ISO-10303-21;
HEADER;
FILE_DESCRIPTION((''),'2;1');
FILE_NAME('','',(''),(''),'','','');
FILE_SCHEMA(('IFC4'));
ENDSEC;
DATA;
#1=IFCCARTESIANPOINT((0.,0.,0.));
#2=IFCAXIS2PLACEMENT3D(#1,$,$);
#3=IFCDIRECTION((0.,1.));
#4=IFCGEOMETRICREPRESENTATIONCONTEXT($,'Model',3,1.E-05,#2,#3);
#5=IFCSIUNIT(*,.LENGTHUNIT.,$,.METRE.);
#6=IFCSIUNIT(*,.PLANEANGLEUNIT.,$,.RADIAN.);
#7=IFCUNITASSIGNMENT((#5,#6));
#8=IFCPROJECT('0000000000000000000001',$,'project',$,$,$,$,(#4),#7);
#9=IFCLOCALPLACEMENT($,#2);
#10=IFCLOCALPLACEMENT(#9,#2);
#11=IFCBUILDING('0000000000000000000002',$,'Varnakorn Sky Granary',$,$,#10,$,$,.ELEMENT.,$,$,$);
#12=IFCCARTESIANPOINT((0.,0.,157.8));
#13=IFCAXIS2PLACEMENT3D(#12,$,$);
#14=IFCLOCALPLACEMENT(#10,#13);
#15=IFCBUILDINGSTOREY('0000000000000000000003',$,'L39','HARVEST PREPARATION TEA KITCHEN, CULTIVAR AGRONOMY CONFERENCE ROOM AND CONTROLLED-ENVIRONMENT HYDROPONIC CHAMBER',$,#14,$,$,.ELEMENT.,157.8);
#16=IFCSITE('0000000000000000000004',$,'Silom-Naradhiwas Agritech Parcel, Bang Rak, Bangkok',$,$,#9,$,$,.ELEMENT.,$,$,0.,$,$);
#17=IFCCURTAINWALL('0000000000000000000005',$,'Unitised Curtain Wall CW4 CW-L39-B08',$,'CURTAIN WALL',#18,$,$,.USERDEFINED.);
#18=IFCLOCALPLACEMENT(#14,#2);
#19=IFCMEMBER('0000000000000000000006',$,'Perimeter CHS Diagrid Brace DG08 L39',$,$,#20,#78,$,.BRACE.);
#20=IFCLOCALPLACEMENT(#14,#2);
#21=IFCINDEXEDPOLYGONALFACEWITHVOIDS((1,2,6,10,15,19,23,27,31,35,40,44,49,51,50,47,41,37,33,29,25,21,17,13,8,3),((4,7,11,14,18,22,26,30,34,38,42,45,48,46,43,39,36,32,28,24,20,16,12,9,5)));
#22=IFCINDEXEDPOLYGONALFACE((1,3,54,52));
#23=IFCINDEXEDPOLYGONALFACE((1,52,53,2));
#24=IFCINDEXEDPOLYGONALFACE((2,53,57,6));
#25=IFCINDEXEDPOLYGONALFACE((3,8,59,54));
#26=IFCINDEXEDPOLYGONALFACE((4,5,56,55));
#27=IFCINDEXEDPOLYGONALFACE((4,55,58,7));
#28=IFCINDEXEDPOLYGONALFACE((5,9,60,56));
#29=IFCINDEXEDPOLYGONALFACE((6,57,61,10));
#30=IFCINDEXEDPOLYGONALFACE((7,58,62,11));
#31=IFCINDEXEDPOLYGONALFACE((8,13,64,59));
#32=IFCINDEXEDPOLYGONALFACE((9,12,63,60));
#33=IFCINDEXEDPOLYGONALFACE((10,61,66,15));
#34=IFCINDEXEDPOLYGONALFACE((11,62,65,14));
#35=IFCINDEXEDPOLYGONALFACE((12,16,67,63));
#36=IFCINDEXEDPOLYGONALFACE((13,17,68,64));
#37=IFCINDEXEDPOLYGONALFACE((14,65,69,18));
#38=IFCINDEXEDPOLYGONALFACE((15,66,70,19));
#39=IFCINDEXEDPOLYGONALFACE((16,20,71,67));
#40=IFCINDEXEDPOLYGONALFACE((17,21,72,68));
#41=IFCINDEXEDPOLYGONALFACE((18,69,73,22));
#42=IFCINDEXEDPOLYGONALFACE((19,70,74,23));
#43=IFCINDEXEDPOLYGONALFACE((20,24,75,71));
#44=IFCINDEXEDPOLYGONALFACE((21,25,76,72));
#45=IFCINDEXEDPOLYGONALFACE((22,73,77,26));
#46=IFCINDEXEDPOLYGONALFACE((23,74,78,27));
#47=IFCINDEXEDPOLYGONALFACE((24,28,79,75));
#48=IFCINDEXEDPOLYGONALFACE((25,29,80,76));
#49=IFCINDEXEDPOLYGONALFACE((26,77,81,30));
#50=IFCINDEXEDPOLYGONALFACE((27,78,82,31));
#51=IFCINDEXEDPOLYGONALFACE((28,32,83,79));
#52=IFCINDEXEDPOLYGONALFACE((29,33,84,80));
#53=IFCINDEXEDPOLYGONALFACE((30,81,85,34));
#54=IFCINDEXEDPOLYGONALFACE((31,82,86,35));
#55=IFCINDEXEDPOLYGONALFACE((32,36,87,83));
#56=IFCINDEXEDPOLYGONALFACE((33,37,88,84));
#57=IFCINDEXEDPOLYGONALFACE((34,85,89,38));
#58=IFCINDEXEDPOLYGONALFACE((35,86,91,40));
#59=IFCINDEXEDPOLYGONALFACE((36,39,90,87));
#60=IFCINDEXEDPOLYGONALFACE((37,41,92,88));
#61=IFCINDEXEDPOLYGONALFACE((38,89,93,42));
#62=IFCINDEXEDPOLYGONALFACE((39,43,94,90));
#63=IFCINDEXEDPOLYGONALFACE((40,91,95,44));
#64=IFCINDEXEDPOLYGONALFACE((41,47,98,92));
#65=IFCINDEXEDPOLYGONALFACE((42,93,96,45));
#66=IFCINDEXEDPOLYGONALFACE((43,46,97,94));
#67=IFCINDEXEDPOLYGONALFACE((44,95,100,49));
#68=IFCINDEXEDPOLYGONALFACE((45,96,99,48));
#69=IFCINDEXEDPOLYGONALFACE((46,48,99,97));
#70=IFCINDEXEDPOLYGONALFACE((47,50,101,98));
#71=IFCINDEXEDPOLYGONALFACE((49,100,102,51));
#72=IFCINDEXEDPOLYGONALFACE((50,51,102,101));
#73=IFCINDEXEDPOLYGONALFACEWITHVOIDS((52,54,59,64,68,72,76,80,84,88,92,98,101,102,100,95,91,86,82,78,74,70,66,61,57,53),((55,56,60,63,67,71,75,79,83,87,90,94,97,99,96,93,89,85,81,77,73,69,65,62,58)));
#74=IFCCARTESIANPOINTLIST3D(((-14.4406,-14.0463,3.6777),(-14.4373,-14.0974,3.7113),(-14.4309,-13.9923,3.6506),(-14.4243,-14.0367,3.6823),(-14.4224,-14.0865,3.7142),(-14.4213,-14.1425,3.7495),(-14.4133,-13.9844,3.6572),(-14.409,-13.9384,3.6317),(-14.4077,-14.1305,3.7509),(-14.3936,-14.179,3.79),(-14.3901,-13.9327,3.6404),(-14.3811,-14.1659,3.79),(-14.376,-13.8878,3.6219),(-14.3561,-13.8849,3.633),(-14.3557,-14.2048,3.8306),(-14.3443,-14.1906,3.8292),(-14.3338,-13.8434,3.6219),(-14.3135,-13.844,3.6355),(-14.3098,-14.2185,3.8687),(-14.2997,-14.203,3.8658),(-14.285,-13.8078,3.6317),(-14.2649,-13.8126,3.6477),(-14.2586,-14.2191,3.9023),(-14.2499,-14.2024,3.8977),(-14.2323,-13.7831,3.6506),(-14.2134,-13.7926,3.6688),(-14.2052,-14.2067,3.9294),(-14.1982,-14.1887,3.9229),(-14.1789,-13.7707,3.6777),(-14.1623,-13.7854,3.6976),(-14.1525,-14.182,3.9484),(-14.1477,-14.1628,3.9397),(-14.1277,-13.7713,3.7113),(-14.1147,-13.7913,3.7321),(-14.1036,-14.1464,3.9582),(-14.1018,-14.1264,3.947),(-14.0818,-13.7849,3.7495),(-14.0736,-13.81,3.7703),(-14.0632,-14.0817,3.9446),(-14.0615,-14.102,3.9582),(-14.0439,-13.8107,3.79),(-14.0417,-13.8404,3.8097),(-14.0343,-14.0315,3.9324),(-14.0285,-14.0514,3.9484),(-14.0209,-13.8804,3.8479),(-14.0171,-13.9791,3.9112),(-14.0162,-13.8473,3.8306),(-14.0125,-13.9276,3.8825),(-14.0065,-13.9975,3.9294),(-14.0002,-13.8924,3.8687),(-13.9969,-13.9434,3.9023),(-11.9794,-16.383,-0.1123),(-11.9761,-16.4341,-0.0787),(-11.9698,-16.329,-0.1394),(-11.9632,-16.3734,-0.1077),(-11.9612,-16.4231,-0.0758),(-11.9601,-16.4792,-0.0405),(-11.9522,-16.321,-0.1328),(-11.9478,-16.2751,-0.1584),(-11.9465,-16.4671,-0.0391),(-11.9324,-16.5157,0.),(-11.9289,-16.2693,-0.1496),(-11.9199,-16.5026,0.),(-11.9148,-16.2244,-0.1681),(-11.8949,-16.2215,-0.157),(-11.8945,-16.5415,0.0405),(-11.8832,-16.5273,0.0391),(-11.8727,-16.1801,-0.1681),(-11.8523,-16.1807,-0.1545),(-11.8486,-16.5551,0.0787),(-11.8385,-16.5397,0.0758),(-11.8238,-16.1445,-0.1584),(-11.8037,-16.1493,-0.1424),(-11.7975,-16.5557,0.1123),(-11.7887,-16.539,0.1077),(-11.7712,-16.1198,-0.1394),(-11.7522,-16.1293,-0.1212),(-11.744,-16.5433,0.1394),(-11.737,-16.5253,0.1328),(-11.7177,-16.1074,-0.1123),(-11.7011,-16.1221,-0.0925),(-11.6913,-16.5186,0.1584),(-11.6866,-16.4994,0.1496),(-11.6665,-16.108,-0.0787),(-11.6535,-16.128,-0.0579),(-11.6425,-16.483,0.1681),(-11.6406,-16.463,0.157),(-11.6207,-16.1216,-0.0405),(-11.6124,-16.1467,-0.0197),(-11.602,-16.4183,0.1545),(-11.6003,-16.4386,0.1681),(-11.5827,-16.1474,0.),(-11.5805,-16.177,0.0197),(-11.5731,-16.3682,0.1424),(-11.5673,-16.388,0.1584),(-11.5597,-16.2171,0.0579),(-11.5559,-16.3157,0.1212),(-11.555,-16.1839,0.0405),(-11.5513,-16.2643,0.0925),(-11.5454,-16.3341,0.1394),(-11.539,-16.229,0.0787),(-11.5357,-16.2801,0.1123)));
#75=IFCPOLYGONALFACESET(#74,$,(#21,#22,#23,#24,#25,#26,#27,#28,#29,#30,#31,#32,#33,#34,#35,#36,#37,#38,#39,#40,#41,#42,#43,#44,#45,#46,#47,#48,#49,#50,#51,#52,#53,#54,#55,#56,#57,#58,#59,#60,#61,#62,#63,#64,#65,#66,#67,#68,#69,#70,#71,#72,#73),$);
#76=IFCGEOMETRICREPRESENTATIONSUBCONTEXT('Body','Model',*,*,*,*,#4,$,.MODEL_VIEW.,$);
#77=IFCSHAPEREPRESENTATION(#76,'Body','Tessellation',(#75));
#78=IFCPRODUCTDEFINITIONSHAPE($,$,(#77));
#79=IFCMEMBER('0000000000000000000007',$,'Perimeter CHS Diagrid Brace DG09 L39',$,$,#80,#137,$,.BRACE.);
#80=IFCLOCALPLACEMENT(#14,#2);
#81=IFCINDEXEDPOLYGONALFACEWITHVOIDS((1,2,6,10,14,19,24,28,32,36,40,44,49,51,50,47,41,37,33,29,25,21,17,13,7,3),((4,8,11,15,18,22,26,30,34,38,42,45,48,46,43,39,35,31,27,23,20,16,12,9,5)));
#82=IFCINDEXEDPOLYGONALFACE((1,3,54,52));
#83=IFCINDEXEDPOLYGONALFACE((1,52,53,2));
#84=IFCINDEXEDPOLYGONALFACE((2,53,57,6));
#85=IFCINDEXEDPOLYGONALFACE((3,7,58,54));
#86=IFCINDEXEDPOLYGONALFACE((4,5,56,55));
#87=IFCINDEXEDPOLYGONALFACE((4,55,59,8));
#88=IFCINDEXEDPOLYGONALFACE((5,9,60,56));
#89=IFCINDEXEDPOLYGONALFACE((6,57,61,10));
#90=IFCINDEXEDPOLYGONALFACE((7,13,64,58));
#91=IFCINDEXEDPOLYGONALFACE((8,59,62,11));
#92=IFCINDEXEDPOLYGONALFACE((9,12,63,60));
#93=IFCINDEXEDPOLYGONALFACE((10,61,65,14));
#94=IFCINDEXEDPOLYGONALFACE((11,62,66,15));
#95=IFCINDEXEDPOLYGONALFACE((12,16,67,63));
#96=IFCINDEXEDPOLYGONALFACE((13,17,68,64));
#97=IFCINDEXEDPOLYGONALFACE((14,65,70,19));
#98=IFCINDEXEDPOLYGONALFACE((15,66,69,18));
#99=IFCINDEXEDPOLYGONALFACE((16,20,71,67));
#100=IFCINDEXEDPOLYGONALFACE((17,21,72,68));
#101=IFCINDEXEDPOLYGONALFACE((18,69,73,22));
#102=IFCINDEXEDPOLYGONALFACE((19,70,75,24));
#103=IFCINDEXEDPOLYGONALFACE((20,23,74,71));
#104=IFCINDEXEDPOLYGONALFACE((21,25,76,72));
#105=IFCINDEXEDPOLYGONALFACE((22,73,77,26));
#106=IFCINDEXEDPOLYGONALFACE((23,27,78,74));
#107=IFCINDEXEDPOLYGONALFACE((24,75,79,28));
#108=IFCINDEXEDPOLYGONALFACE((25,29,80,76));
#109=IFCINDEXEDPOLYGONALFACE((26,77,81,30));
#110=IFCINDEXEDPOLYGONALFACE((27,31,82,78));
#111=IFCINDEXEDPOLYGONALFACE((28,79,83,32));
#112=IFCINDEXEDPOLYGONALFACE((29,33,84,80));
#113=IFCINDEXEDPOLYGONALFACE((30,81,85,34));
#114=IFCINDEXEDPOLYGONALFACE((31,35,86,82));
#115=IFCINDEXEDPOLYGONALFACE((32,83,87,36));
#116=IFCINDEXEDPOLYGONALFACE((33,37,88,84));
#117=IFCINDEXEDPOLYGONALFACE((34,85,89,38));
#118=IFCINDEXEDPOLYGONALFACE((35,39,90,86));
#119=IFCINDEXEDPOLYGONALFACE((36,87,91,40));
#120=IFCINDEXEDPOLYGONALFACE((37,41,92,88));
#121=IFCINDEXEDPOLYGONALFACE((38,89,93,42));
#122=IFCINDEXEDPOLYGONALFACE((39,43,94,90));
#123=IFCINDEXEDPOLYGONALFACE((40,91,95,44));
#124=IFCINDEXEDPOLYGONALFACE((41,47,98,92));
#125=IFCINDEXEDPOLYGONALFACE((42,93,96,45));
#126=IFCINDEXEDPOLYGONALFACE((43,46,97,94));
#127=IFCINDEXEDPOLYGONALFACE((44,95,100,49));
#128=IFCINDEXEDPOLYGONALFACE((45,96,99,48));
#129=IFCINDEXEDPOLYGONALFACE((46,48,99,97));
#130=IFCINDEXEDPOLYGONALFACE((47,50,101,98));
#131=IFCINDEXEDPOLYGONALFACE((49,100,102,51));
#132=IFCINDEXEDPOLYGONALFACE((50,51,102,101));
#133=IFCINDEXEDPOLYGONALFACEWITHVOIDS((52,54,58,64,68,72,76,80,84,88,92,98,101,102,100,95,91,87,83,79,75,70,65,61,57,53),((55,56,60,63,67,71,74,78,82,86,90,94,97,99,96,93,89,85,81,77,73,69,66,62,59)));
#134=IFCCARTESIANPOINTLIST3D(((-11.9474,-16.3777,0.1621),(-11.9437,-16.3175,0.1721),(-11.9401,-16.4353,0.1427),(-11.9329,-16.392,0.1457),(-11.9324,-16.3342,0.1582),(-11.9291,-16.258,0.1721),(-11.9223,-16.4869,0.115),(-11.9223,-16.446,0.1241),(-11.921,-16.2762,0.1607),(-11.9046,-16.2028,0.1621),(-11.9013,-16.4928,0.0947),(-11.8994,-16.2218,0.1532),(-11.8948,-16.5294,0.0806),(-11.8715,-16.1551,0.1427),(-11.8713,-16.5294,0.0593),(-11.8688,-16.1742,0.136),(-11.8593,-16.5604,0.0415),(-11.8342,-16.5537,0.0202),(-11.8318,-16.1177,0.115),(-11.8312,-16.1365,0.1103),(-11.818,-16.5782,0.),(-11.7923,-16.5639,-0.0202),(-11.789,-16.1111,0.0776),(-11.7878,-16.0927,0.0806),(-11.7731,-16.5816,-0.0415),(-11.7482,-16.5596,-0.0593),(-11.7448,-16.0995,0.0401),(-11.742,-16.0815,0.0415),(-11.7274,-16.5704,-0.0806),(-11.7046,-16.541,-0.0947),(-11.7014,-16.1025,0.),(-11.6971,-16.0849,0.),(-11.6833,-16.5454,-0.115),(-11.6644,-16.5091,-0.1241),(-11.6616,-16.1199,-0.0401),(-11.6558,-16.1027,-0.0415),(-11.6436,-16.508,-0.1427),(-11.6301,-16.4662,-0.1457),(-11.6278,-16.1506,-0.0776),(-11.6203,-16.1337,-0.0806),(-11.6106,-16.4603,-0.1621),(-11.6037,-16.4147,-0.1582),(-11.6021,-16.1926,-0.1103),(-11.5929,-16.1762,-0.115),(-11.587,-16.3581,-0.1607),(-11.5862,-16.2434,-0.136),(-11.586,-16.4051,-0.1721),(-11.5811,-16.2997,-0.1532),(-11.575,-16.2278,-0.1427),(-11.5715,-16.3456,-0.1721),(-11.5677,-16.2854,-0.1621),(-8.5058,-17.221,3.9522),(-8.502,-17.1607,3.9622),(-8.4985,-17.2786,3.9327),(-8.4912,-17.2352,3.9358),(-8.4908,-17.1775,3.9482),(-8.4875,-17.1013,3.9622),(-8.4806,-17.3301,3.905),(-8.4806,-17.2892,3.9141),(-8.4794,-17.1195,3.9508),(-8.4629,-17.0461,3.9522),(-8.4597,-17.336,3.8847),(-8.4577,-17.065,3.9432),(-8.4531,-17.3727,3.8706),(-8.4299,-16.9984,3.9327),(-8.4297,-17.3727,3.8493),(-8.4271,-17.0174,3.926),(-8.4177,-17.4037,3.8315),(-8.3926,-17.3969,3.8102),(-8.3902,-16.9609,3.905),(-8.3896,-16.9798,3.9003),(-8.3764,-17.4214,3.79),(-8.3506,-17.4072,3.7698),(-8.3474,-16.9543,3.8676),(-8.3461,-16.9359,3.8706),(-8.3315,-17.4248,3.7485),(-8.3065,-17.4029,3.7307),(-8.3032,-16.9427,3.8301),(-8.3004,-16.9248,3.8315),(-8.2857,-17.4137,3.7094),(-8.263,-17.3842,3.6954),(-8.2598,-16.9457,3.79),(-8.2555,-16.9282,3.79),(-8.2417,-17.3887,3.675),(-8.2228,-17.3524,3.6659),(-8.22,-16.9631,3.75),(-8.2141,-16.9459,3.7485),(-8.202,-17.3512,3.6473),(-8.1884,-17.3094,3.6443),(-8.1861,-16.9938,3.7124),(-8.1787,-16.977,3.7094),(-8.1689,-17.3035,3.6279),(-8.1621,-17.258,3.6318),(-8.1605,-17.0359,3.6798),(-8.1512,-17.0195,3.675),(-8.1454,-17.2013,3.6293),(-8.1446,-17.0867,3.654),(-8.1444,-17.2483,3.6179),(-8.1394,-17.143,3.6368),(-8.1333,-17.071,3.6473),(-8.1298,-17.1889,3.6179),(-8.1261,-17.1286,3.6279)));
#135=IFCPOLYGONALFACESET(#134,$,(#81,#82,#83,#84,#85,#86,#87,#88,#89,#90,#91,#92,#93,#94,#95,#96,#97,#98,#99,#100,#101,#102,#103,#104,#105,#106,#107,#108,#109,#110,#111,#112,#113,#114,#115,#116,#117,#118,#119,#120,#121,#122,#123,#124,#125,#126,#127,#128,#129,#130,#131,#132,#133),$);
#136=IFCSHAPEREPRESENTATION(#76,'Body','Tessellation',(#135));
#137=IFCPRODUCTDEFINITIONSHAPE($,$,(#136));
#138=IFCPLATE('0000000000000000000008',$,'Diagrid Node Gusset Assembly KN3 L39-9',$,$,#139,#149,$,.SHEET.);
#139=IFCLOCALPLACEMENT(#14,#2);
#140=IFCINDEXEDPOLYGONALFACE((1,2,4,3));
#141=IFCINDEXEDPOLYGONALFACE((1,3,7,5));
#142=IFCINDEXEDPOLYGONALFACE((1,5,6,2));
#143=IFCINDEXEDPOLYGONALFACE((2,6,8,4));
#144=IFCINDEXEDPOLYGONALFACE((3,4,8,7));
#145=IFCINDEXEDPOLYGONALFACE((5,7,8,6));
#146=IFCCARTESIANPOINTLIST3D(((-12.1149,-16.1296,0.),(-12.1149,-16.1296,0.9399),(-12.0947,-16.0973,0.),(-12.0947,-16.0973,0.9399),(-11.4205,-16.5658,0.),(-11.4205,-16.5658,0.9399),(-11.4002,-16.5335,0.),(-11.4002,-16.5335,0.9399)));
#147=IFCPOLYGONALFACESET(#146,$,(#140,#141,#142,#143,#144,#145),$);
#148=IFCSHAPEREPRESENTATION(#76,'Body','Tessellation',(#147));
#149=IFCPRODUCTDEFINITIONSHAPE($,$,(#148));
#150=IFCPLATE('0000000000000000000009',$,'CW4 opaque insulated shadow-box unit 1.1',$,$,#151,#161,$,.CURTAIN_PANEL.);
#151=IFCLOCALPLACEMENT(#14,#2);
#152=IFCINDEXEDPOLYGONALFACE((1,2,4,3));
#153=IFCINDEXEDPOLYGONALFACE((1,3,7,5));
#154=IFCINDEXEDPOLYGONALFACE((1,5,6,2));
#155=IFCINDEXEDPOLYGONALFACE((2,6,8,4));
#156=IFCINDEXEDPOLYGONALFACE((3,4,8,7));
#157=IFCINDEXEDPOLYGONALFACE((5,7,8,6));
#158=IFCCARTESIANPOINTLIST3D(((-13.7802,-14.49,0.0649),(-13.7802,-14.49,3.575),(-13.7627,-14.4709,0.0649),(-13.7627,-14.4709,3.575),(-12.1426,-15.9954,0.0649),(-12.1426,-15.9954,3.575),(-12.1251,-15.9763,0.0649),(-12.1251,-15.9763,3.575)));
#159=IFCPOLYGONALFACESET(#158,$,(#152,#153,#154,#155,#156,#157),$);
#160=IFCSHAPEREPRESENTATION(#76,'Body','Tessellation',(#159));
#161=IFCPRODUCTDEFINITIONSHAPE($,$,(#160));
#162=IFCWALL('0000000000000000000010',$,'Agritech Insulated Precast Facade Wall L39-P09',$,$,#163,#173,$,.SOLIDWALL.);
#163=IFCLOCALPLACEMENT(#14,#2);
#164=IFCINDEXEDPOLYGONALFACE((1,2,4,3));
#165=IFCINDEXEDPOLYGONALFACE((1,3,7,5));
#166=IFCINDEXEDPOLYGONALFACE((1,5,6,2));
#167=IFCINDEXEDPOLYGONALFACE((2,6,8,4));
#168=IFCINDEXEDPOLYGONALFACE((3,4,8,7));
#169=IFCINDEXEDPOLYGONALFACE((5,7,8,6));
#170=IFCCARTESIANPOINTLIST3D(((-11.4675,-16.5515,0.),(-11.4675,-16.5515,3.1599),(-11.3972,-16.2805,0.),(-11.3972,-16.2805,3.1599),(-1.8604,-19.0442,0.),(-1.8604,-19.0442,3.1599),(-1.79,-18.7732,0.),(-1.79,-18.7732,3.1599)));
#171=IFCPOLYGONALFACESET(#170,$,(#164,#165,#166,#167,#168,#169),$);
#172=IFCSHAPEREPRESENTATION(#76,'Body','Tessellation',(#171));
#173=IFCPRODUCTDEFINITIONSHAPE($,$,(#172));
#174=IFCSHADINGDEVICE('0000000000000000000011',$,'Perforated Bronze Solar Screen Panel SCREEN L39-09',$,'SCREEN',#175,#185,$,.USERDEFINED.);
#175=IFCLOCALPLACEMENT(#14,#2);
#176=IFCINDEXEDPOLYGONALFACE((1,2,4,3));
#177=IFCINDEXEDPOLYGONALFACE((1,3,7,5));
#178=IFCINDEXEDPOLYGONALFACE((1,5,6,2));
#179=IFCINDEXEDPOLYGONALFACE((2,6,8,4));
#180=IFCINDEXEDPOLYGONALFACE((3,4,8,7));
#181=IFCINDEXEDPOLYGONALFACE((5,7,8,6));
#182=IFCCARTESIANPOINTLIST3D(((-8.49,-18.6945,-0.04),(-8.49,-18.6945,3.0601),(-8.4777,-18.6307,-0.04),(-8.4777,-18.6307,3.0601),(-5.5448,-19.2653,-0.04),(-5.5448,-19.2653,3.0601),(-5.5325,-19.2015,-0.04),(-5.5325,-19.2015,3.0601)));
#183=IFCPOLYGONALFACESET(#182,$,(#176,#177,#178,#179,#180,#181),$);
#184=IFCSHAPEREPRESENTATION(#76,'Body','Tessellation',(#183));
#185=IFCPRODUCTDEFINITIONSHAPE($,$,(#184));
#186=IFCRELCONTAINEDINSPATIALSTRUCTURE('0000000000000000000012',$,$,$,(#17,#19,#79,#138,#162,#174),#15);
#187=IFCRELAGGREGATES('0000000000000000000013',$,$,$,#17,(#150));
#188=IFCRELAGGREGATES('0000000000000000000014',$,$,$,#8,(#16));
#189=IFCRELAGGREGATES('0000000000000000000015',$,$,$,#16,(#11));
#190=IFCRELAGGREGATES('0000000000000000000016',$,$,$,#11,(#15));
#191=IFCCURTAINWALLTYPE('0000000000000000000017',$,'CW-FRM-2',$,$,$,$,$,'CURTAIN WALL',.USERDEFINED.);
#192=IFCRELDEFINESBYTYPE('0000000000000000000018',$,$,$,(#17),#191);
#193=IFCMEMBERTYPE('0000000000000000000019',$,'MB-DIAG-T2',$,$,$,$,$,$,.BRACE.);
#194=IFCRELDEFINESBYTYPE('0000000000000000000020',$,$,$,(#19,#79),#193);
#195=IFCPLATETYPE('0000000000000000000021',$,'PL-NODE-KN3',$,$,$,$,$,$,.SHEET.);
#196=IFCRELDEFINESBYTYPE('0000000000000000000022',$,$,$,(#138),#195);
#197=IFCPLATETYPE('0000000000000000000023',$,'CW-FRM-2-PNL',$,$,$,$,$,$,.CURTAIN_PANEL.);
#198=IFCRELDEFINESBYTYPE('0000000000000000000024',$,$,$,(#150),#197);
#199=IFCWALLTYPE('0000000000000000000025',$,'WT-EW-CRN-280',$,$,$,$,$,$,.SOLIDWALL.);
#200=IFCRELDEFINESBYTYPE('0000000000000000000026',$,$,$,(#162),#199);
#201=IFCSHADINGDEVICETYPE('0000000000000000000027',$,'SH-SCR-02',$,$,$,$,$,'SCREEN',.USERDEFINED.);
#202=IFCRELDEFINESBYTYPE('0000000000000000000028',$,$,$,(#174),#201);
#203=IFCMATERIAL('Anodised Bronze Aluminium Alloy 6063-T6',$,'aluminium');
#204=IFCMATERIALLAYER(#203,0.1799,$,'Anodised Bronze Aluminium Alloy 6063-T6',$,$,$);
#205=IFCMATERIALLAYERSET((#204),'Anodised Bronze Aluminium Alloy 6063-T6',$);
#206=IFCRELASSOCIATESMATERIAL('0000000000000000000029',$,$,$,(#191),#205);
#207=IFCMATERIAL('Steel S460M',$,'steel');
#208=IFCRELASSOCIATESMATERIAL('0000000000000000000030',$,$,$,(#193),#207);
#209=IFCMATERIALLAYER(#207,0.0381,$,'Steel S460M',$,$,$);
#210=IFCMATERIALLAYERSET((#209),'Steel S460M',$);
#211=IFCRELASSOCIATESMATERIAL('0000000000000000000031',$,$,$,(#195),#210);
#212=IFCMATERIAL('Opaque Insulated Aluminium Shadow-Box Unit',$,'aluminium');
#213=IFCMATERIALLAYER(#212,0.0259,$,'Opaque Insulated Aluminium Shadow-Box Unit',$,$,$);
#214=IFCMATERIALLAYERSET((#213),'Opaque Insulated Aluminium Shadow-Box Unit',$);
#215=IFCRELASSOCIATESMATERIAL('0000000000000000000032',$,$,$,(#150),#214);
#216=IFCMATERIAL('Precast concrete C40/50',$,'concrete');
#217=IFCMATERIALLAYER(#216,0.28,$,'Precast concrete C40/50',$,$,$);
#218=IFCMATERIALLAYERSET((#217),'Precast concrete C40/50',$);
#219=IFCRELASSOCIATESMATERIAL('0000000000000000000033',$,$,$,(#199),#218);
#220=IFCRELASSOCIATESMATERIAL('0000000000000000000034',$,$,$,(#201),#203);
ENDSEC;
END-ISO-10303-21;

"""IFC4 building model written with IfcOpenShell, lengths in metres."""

from ifc_helpers import new_model, si_unit, direction, frame, frame_2d, origin, origin_2d, place, context, subcontext, project, spatial, rectangle, hollow_circle, extrude, source, transform, mapped, material, layer, layer_set, material_profile, profile_set, type_object, type_shapes, element, aggregate, save


model = new_model("IFC4")

# Units and contexts
model_context = context("Model", 3, precision=1e-05, world=origin(), true_north=direction((0.0, 1.0)))
body_context = subcontext(model_context, "Body", "Model", "MODEL_VIEW")
ifc_project = project(units=[si_unit("LENGTHUNIT", "METRE"), si_unit("PLANEANGLEUNIT", "RADIAN")], contexts=[model_context])

# Site, building, storey
site_placement = place(None, origin())
site = spatial("IfcSite", under=ifc_project, at=site_placement, Name="Silom-Naradhiwas Agritech Parcel, Bang Rak, Bangkok", CompositionType="ELEMENT", RefElevation=0.0)
building_placement = place(site_placement, origin())
building = spatial("IfcBuilding", under=site, at=building_placement, Name="Varnakorn Sky Granary", CompositionType="ELEMENT")
storey_placement = place(building_placement, frame((0.0, 0.0, 157.8)))
storey = spatial("IfcBuildingStorey", under=building, at=storey_placement, Name="L39", Description="HARVEST PREPARATION TEA KITCHEN, CULTIVAR AGRONOMY CONFERENCE ROOM AND CONTROLLED-ENVIRONMENT HYDROPONIC CHAMBER", CompositionType="ELEMENT", Elevation=157.8)

# Shared definitions
ifc_material_1 = material(Name="Steel S460M", Category="steel")

# Curtain wall
ifc_material_2 = material(Name="Anodised Bronze Aluminium Alloy 6063-T6", Category="aluminium")
ifc_layer_1 = layer(ifc_material_2, 0.1799, Name="Anodised Bronze Aluminium Alloy 6063-T6")
ifc_layer_set_1 = layer_set([ifc_layer_1], Name="Anodised Bronze Aluminium Alloy 6063-T6")
curtain_wall_type = type_object("IfcCurtainWallType", Name="CW-FRM-2", ElementType="CURTAIN WALL", PredefinedType="USERDEFINED", material=ifc_layer_set_1)
curtain_wall_1_placement = place(storey_placement, origin())
curtain_wall_1 = element("IfcCurtainWall", 1, at=curtain_wall_1_placement, inside=storey, type_object=curtain_wall_type, Name="Unitised Curtain Wall CW4 CW-L39-B08", ObjectType="CURTAIN WALL", PredefinedType="USERDEFINED")

# Members
ifc_material_profile_1 = material_profile(ifc_material_1, hollow_circle(Radius=0.2539, WallThickness=0.0181, at=origin_2d()), Name="CHS 508x18")
ifc_profile_set_1 = profile_set([ifc_material_profile_1], Name="Steel S460M")
member_type_1 = type_object("IfcMemberType", Name="MB-DIAG-T2", PredefinedType="BRACE", material=ifc_profile_set_1)
member_1_placement = place(storey_placement, frame((-11.7576, -16.3315, 0.0), z_axis=(-0.483778, 0.459304, 0.744983), x_axis=(-0.688524, -0.725213, 0.0)))
element("IfcMember", 2, at=member_1_placement, inside=storey, type_object=member_type_1, Name="Perimeter CHS Diagrid Brace DG08 L39", PredefinedType="BRACE", context=body_context, shape_type="SweptSolid", body=[
    extrude(hollow_circle(Radius=0.2539, WallThickness=0.0181, at=origin_2d()), origin(), (0.0, 0.0, 1.0), 5.0874),
])
member_2_placement = place(storey_placement, frame((-11.7576, -16.3315, 0.0), z_axis=(0.663324, -0.162525, 0.73047), x_axis=(0.237978, 0.971271, 0.0)))
element("IfcMember", 3, at=member_2_placement, inside=storey, type_object=member_type_1, Name="Perimeter CHS Diagrid Brace DG09 L39", PredefinedType="BRACE", context=body_context, shape_type="SweptSolid", body=[
    extrude(hollow_circle(Radius=0.2539, WallThickness=0.0181, at=origin_2d()), origin(), (0.0, 0.0, 1.0), 5.1885),
])

# Plates
ifc_layer_2 = layer(ifc_material_1, 0.0381, Name="Steel S460M")
ifc_layer_set_2 = layer_set([ifc_layer_2], Name="Steel S460M")
plate_type_1 = type_object("IfcPlateType", Name="PL-NODE-KN3", PredefinedType="SHEET", material=ifc_layer_set_2)
plate_1_placement = place(storey_placement, frame((-11.7576, -16.3315, 0.0), z_axis=(0.0, 0.0, 1.0), x_axis=(0.846824, -0.531874, 0.0)))
element("IfcPlate", 4, at=plate_1_placement, inside=storey, type_object=plate_type_1, Name="Diagrid Node Gusset Assembly KN3 L39-9", PredefinedType="SHEET", context=body_context, shape_type="SweptSolid", body=[
    extrude(rectangle(XDim=0.8201, YDim=0.0381, at=origin_2d()), origin(), (0.0, 0.0, 1.0), 0.9399),
])
ifc_material_3 = material(Name="Opaque Insulated Aluminium Shadow-Box Unit", Category="aluminium")
ifc_layer_3 = layer(ifc_material_3, 0.0259, Name="Opaque Insulated Aluminium Shadow-Box Unit")
ifc_layer_set_3 = layer_set([ifc_layer_3], Name="Opaque Insulated Aluminium Shadow-Box Unit")
plate_type_2 = type_object("IfcPlateType", Name="CW-FRM-2-PNL", PredefinedType="CURTAIN_PANEL")
shared_shape_1 = source(origin(), body_context, "Body", "SweptSolid", [
    extrude(rectangle(XDim=2.2244, YDim=0.0259, at=origin_2d()), origin(), (0.0, 0.0, 1.0), 3.51),
])
type_shapes(plate_type_2, [shared_shape_1])
plate_2_placement = place(storey_placement, frame((-12.9526, -15.2332, 0.0649), z_axis=(0.0, 0.0, 1.0), x_axis=(-0.736205, 0.676758, 0.0)))
plate_2 = element("IfcPlate", 5, at=plate_2_placement, type_object=plate_type_2, material=ifc_layer_set_3, Name="CW4 opaque insulated shadow-box unit 1.1", PredefinedType="CURTAIN_PANEL", context=body_context, shape_type="MappedRepresentation", body=[
    mapped(shared_shape_1, transform((0.0, 0.0, 0.0), x_axis=(1.0, 0.0, 0.0), y_axis=(0.0, 1.0, 0.0), z_axis=(0.0, 0.0, 1.0), scale=1.0)),
])
aggregate(curtain_wall_1, [plate_2])

# Wall
ifc_material_4 = material(Name="Precast concrete C40/50", Category="concrete")
ifc_layer_4 = layer(ifc_material_4, 0.28, Name="Precast concrete C40/50")
ifc_layer_set_4 = layer_set([ifc_layer_4], Name="Precast concrete C40/50")
wall_type = type_object("IfcWallType", Name="WT-EW-CRN-280", PredefinedType="SOLIDWALL", material=ifc_layer_set_4)
wall_placement = place(storey_placement, frame((-1.8252, -18.9087, 0.0), z_axis=(0.0, 0.0, 1.0), x_axis=(-0.96795, 0.251144, 0.0)))
element("IfcWall", 6, at=wall_placement, inside=storey, type_object=wall_type, Name="Agritech Insulated Precast Facade Wall L39-P09", PredefinedType="SOLIDWALL", context=body_context, shape_type="SweptSolid", body=[
    extrude(rectangle(XDim=9.9253, YDim=0.28, at=frame_2d((4.9626, 0.0))), origin(), (0.0, 0.0, 1.0), 3.1599),
])

# Shading device
shading_device_type = type_object("IfcShadingDeviceType", Name="SH-SCR-02", ElementType="SCREEN", PredefinedType="USERDEFINED", material=ifc_material_2)
shared_shape_2 = source(origin(), body_context, "Body", "SweptSolid", [
    extrude(rectangle(XDim=3.0, YDim=0.0649, at=origin_2d()), origin(), (0.0, 0.0, 1.0), 3.1001),
])
type_shapes(shading_device_type, [shared_shape_2])
shading_device_placement = place(storey_placement, frame((-7.0112, -18.948, -0.04), z_axis=(0.0, 0.0, 1.0), x_axis=(0.981734, -0.190257, 0.0)))
element("IfcShadingDevice", 7, at=shading_device_placement, inside=storey, type_object=shading_device_type, Name="Perforated Bronze Solar Screen Panel SCREEN L39-09", ObjectType="SCREEN", PredefinedType="USERDEFINED", context=body_context, shape_type="MappedRepresentation", body=[
    mapped(shared_shape_2, transform((0.0, 0.0, 0.0), x_axis=(1.0, 0.0, 0.0), y_axis=(0.0, 1.0, 0.0), z_axis=(0.0, 0.0, 1.0), scale=1.0)),
])

save(model, "model.ifc")
